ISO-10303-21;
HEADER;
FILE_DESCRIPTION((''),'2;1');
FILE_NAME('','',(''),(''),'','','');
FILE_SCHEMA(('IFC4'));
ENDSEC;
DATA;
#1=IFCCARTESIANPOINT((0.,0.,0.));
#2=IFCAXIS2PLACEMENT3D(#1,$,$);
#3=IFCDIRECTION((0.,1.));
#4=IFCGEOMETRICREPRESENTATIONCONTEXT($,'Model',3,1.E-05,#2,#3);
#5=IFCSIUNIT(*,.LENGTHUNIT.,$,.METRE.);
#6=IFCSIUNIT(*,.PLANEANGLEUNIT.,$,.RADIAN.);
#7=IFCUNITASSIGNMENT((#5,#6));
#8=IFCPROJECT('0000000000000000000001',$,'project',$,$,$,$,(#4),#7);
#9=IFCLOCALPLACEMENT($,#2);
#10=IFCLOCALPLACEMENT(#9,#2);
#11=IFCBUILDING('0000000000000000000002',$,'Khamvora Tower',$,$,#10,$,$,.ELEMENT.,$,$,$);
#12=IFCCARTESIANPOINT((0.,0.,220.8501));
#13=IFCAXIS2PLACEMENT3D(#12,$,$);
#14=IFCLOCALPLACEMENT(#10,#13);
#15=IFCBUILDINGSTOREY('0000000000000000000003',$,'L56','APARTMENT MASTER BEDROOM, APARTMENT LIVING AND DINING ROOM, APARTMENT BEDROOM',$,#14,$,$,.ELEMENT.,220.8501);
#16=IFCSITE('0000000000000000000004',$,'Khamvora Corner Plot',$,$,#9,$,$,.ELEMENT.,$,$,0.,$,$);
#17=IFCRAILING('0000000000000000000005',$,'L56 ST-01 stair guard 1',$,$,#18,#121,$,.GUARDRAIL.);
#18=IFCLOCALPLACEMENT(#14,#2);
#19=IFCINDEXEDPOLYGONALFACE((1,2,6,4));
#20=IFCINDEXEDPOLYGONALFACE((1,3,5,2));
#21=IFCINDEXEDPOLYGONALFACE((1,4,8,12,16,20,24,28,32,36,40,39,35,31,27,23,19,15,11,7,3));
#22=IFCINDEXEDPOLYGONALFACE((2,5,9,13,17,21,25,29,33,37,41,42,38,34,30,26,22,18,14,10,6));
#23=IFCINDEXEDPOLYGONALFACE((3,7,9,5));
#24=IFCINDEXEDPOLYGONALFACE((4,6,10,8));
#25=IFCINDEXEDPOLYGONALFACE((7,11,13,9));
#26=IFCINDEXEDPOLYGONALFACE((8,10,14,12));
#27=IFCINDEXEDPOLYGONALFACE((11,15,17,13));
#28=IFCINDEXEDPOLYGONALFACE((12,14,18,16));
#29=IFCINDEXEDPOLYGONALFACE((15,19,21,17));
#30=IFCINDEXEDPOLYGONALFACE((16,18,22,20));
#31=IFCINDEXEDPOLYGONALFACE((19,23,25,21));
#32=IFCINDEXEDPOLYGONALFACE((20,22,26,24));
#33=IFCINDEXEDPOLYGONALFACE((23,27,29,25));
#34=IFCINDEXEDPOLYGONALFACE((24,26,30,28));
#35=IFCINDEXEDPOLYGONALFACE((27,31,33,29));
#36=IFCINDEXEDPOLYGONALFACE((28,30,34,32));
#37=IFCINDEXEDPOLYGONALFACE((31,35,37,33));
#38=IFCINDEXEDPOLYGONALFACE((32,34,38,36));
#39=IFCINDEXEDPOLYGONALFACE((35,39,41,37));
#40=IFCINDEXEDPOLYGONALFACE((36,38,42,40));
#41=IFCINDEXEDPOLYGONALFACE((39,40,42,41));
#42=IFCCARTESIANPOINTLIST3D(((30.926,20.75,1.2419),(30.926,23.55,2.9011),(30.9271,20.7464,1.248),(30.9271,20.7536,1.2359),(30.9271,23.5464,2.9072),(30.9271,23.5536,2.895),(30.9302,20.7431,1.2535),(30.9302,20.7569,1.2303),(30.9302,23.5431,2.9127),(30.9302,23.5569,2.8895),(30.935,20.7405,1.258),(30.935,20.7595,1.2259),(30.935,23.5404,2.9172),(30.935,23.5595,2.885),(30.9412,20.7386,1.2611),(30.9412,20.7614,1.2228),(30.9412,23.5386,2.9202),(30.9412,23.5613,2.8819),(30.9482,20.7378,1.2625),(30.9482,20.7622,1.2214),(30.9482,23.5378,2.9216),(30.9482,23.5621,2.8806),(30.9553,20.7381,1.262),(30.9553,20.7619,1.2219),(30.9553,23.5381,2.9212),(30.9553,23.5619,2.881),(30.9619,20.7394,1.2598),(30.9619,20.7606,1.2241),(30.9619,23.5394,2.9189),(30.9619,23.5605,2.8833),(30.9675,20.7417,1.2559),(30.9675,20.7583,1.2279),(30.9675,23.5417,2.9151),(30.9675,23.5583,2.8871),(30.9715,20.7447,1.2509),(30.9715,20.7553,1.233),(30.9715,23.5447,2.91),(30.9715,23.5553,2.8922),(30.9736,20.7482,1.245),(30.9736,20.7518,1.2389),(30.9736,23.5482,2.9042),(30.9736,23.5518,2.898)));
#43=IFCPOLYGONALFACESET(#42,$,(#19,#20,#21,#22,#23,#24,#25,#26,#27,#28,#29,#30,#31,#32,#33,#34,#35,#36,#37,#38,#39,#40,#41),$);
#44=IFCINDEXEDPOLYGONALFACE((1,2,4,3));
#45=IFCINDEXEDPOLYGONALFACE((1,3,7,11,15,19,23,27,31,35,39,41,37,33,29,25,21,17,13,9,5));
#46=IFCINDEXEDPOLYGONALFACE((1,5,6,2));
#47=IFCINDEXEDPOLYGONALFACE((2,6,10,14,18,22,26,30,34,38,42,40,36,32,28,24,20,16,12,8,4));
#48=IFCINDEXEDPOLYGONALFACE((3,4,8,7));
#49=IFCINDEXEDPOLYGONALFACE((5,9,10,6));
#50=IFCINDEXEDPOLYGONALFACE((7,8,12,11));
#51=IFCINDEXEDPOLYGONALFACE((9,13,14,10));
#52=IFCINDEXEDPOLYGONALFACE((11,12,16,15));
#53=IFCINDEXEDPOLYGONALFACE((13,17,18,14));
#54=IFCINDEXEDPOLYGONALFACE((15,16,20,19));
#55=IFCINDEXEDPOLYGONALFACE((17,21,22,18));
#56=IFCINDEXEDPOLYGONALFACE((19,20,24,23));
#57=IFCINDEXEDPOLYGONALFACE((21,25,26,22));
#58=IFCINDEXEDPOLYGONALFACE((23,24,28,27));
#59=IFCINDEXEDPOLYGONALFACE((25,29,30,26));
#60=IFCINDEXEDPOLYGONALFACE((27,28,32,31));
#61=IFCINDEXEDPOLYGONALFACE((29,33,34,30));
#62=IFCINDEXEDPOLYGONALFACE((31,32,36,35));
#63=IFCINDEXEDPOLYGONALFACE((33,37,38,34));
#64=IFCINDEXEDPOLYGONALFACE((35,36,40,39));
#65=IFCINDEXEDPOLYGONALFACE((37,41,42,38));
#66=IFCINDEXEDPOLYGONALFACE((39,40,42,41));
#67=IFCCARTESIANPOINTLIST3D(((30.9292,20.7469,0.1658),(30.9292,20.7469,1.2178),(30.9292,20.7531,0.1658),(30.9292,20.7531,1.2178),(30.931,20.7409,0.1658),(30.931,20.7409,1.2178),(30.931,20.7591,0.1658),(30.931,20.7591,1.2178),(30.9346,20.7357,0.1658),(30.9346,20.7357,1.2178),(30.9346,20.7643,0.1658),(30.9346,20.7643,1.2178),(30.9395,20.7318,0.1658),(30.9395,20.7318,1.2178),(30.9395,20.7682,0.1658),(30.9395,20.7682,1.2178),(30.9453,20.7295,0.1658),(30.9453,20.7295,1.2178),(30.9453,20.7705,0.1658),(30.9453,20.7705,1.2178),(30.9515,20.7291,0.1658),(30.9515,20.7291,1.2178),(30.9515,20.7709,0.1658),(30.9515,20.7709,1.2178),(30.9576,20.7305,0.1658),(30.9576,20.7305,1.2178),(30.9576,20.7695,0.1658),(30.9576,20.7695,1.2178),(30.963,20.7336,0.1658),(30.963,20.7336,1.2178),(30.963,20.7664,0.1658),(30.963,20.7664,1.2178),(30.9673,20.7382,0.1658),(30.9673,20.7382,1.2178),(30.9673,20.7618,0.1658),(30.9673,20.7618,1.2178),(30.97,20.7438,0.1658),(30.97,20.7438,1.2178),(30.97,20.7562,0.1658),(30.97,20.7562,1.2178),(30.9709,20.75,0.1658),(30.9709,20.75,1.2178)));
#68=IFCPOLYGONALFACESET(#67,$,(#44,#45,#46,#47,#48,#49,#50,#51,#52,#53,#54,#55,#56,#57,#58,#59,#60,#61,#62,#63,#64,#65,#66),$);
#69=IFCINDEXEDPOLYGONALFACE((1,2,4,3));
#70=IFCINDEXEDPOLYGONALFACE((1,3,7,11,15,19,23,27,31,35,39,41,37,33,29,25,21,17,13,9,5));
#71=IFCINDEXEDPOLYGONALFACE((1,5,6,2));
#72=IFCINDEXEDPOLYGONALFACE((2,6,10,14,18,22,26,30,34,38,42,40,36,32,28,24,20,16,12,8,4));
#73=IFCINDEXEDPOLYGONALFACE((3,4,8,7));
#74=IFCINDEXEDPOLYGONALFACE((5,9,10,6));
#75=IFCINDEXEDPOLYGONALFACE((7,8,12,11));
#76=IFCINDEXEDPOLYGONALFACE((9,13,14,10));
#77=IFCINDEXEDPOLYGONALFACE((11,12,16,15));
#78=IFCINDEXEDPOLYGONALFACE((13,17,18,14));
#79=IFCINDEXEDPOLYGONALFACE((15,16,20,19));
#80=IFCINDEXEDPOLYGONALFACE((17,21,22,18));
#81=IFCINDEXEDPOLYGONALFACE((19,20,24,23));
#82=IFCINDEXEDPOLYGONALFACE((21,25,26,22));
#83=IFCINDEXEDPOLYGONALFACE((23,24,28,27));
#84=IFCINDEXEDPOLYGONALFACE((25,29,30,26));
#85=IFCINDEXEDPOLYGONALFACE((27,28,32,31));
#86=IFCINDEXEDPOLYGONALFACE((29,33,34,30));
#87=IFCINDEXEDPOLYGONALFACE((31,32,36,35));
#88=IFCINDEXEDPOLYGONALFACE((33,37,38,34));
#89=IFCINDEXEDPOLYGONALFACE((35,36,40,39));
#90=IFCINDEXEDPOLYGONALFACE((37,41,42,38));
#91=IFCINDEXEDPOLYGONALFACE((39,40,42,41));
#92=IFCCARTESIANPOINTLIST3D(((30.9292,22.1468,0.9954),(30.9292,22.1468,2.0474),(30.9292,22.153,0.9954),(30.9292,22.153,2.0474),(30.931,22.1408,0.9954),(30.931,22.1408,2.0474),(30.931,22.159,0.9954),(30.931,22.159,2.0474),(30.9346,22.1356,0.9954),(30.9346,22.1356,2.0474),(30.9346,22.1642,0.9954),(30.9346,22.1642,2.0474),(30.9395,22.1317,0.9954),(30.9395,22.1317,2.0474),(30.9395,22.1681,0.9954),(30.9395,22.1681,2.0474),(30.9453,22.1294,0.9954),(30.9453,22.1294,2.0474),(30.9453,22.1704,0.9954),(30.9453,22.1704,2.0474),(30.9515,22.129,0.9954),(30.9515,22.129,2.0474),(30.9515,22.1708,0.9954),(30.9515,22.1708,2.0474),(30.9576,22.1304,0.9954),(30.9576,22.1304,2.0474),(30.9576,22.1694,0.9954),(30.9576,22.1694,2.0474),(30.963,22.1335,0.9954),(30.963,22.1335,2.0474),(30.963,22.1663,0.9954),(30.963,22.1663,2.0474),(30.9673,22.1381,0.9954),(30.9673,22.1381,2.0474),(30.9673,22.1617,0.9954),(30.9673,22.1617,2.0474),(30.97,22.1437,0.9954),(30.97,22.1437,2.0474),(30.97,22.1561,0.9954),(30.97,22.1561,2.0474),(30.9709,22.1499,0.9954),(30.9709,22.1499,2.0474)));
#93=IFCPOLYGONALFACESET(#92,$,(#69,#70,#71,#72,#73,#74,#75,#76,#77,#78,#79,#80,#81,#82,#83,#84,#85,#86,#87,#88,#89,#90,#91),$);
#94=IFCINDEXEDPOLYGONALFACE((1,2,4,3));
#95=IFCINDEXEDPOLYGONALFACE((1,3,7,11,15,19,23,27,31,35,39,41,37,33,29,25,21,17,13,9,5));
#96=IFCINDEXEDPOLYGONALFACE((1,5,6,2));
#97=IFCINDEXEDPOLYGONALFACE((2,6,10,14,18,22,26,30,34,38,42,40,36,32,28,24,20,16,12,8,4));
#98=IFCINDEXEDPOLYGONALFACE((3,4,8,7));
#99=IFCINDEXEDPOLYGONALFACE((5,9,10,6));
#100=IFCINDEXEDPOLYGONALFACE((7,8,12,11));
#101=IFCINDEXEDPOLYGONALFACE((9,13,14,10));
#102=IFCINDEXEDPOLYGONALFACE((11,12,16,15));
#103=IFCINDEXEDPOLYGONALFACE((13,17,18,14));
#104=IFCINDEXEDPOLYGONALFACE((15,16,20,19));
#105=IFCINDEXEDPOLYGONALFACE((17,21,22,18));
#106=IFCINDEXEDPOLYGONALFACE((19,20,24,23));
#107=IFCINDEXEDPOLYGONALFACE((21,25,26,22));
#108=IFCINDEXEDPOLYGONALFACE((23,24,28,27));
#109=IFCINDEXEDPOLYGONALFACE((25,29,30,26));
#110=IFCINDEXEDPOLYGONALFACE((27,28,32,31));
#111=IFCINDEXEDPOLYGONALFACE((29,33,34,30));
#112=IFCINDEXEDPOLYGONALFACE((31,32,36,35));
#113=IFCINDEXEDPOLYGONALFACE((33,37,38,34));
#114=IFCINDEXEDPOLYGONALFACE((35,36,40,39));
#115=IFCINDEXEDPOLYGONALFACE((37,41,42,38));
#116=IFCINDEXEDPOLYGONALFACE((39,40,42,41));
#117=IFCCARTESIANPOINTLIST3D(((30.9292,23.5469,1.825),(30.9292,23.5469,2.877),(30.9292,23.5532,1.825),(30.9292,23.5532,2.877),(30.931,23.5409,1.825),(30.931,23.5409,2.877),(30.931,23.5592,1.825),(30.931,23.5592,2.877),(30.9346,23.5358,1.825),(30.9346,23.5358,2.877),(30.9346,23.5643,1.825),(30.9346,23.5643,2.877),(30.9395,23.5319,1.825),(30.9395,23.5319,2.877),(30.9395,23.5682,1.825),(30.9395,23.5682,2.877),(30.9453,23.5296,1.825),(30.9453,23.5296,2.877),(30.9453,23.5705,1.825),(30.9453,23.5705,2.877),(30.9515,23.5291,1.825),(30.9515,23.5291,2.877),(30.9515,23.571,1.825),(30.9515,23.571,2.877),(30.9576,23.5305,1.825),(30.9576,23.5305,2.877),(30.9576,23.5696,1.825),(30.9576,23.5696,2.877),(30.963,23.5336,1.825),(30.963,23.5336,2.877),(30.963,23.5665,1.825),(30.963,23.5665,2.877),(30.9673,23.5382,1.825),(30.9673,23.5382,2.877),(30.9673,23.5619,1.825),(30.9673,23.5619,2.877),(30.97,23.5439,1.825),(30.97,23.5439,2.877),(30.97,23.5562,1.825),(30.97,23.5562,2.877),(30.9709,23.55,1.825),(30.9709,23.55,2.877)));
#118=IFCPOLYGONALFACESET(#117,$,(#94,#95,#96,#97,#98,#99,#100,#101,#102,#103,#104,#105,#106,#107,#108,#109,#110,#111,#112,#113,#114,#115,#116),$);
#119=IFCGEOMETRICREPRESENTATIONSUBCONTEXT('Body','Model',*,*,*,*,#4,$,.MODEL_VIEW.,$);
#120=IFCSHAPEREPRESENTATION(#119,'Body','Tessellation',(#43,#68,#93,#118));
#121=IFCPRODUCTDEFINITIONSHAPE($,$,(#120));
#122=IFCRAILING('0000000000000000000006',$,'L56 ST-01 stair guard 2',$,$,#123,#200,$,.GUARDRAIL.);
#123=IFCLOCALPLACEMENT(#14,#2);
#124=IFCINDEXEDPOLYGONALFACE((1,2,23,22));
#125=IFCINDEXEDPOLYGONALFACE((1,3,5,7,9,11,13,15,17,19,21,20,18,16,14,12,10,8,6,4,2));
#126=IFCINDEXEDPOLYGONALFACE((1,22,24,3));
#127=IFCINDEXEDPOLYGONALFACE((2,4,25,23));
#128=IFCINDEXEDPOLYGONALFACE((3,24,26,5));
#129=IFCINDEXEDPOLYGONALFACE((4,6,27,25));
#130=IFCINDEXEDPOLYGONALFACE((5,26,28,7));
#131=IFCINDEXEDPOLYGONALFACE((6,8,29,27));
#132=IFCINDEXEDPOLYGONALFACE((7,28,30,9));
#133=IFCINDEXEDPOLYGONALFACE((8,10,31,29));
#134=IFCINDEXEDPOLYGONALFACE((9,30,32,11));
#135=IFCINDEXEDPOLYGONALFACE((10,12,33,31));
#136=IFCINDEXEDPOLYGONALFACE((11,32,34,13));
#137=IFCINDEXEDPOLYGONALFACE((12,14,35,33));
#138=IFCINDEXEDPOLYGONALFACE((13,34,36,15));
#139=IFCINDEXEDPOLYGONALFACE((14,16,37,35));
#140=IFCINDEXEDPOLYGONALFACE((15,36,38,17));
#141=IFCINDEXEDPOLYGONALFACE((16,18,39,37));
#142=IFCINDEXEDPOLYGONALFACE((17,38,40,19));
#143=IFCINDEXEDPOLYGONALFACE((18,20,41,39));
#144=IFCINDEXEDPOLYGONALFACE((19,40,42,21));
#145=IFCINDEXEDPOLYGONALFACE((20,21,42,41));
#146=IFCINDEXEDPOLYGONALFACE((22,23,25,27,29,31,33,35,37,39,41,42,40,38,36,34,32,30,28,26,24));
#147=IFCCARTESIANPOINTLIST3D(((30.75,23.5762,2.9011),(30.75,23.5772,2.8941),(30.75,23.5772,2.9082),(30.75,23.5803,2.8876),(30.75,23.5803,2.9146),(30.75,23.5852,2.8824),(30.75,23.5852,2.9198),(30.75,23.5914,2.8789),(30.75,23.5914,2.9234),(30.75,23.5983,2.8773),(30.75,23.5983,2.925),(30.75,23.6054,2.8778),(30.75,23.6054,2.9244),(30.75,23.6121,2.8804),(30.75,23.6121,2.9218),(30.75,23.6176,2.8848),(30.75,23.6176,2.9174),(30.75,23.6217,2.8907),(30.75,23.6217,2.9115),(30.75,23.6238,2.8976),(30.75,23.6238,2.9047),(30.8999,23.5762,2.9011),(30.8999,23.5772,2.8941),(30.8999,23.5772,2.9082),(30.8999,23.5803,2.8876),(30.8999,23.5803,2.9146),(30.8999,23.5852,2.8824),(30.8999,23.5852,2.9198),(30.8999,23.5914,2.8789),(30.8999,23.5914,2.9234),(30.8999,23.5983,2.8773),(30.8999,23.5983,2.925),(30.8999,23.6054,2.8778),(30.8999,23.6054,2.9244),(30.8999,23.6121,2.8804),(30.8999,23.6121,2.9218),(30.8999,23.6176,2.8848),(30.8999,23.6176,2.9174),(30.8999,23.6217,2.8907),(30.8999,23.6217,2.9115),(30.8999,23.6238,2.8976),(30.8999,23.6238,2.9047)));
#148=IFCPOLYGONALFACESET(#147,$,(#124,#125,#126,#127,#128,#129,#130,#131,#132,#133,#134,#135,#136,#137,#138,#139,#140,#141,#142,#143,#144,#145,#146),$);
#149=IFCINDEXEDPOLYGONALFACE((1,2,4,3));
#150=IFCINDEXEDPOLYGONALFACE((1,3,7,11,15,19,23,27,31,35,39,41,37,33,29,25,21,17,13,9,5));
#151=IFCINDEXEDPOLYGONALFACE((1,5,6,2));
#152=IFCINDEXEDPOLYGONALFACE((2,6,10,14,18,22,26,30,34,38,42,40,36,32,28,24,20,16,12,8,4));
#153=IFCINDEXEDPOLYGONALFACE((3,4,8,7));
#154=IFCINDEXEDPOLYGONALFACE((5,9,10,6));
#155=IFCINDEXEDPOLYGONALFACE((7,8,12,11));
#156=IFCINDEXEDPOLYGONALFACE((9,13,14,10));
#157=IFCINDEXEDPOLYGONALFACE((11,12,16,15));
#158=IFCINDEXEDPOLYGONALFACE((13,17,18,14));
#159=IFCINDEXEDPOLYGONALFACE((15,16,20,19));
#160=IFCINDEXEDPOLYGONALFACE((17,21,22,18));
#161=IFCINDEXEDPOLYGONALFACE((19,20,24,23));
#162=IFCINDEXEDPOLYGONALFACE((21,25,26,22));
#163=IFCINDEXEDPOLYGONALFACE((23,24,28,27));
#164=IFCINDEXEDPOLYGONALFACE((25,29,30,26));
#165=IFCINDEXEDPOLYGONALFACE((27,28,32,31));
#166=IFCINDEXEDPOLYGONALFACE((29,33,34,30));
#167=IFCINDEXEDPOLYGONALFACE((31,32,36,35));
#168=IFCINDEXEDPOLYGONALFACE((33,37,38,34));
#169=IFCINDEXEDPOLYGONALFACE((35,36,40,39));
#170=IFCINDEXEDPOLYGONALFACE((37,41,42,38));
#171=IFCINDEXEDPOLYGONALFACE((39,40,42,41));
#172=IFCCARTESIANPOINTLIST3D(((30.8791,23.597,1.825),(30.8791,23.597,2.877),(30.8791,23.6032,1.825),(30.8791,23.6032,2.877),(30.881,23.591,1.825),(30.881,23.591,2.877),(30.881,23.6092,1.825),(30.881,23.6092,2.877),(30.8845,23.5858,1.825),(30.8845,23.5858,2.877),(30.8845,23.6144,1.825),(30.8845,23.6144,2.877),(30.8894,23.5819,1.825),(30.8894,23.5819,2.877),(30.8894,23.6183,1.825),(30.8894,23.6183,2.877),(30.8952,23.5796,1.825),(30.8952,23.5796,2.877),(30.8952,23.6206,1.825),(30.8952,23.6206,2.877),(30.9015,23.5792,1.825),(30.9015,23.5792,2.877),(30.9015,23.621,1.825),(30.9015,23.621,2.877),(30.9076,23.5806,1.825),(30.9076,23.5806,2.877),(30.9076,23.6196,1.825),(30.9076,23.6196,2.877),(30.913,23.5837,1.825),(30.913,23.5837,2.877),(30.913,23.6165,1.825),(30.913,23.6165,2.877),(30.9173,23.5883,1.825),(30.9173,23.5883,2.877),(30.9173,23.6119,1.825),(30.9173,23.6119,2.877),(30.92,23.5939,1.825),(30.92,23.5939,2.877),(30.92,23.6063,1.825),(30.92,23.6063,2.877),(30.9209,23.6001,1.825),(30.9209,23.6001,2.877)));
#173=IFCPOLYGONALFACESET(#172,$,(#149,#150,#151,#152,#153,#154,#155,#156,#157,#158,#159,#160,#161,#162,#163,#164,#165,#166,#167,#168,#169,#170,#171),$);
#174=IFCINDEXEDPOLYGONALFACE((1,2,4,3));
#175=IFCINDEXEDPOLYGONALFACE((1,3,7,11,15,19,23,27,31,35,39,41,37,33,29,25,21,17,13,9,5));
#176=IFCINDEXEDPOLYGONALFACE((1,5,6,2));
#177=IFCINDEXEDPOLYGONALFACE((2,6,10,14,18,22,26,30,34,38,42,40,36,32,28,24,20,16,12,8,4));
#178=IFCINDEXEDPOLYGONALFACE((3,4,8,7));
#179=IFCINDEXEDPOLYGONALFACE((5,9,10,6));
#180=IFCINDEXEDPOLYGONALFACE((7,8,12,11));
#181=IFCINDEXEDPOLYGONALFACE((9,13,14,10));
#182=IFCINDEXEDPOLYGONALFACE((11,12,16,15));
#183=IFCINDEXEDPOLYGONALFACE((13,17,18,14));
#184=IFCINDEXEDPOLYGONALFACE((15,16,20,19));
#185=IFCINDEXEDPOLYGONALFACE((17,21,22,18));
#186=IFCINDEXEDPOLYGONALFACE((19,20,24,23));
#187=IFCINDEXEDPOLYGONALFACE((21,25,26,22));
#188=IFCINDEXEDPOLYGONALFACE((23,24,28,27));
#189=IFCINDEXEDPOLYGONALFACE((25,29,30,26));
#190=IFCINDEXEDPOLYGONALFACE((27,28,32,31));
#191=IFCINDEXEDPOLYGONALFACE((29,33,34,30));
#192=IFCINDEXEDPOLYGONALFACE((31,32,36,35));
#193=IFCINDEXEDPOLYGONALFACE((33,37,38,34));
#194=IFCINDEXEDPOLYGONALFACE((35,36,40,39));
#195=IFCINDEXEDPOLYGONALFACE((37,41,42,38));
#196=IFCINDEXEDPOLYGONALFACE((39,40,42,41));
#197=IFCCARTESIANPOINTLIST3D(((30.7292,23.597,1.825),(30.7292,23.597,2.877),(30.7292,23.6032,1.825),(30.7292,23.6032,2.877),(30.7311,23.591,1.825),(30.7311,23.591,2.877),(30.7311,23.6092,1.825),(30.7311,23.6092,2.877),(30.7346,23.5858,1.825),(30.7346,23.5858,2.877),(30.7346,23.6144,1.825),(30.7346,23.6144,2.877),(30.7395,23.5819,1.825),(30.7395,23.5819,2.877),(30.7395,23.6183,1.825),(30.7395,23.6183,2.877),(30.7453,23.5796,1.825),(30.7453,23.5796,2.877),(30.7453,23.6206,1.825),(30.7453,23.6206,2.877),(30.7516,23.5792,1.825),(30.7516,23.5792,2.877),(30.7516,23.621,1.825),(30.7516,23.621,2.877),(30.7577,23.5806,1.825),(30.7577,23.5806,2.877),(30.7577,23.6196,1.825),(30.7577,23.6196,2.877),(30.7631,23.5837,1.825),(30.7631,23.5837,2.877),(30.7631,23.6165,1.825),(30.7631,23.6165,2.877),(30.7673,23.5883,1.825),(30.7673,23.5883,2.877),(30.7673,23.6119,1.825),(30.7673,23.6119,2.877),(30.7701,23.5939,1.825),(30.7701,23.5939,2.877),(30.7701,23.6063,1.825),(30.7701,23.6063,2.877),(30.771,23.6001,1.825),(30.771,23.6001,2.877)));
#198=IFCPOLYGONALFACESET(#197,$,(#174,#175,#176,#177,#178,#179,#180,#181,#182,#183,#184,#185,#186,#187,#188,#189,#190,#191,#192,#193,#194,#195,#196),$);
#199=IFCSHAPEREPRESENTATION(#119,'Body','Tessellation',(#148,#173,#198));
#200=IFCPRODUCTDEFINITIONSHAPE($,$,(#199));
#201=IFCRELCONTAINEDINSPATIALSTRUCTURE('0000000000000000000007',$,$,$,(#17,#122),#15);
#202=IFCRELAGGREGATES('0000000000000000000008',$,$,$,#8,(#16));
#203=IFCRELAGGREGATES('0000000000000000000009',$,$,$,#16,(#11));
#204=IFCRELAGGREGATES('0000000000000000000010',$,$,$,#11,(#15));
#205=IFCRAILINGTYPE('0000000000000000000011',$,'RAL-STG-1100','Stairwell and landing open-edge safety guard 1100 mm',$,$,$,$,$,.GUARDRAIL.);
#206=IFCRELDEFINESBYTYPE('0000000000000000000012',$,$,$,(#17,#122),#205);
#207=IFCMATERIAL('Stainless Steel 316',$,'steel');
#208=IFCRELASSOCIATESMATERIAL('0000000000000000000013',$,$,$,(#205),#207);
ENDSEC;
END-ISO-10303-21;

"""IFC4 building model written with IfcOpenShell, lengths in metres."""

from ifc_helpers import new_model, si_unit, direction, frame, origin, origin_2d, place, context, subcontext, project, spatial, circle, extrude, material, type_object, element, save


model = new_model("IFC4")

# Units and contexts
model_context = context("Model", 3, precision=1e-05, world=origin(), true_north=direction((0.0, 1.0)))
body_context = subcontext(model_context, "Body", "Model", "MODEL_VIEW")
ifc_project = project(units=[si_unit("LENGTHUNIT", "METRE"), si_unit("PLANEANGLEUNIT", "RADIAN")], contexts=[model_context])

# Site, building, storey
site_placement = place(None, origin())
site = spatial("IfcSite", under=ifc_project, at=site_placement, Name="Khamvora Corner Plot", CompositionType="ELEMENT", RefElevation=0.0)
building_placement = place(site_placement, origin())
building = spatial("IfcBuilding", under=site, at=building_placement, Name="Khamvora Tower", CompositionType="ELEMENT")
storey_placement = place(building_placement, frame((0.0, 0.0, 220.8501)))
storey = spatial("IfcBuildingStorey", under=building, at=storey_placement, Name="L56", Description="APARTMENT MASTER BEDROOM, APARTMENT LIVING AND DINING ROOM, APARTMENT BEDROOM", CompositionType="ELEMENT", Elevation=220.8501)

# Railings
ifc_material_1 = material(Name="Stainless Steel 316", Category="steel")
railing_type_1 = type_object("IfcRailingType", Name="RAL-STG-1100", Description="Stairwell and landing open-edge safety guard 1100 mm", PredefinedType="GUARDRAIL", material=ifc_material_1)
railing_1_placement = place(storey_placement, frame((30.95, 20.75, 0.1658)))
element("IfcRailing", 1, at=railing_1_placement, inside=storey, type_object=railing_type_1, Name="L56 ST-01 stair guard 1", PredefinedType="GUARDRAIL", context=body_context, shape_type="SweptSolid", body=[
    extrude(circle(Radius=0.0239, at=origin_2d()), frame((0.0, 0.0, 1.0762), z_axis=(0.0, 0.860306, 0.509778), x_axis=(-1.0, 0.0, 0.0)), (0.0, 0.0, 1.0), 3.2546),
    extrude(circle(Radius=0.021, at=origin_2d()), origin(), (0.0, 0.0, 1.0), 1.052),
    extrude(circle(Radius=0.021, at=origin_2d()), frame((0.0, 1.3999, 0.8296)), (0.0, 0.0, 1.0), 1.052),
    extrude(circle(Radius=0.021, at=origin_2d()), frame((0.0, 2.8, 1.6592)), (0.0, 0.0, 1.0), 1.052),
])
railing_2_placement = place(storey_placement, frame((30.8999, 23.6001, 1.825)))
element("IfcRailing", 2, at=railing_2_placement, inside=storey, type_object=railing_type_1, Name="L56 ST-01 stair guard 2", PredefinedType="GUARDRAIL", context=body_context, shape_type="SweptSolid", body=[
    extrude(circle(Radius=0.0239, at=origin_2d()), frame((0.0, 0.0, 1.0762), z_axis=(-1.0, 0.0, 0.0), x_axis=(0.0, -1.0, 0.0)), (0.0, 0.0, 1.0), 0.1499),
    extrude(circle(Radius=0.021, at=origin_2d()), origin(), (0.0, 0.0, 1.0), 1.052),
    extrude(circle(Radius=0.021, at=origin_2d()), frame((-0.1499, 0.0, 0.0)), (0.0, 0.0, 1.0), 1.052),
])

save(model, "model.ifc")
